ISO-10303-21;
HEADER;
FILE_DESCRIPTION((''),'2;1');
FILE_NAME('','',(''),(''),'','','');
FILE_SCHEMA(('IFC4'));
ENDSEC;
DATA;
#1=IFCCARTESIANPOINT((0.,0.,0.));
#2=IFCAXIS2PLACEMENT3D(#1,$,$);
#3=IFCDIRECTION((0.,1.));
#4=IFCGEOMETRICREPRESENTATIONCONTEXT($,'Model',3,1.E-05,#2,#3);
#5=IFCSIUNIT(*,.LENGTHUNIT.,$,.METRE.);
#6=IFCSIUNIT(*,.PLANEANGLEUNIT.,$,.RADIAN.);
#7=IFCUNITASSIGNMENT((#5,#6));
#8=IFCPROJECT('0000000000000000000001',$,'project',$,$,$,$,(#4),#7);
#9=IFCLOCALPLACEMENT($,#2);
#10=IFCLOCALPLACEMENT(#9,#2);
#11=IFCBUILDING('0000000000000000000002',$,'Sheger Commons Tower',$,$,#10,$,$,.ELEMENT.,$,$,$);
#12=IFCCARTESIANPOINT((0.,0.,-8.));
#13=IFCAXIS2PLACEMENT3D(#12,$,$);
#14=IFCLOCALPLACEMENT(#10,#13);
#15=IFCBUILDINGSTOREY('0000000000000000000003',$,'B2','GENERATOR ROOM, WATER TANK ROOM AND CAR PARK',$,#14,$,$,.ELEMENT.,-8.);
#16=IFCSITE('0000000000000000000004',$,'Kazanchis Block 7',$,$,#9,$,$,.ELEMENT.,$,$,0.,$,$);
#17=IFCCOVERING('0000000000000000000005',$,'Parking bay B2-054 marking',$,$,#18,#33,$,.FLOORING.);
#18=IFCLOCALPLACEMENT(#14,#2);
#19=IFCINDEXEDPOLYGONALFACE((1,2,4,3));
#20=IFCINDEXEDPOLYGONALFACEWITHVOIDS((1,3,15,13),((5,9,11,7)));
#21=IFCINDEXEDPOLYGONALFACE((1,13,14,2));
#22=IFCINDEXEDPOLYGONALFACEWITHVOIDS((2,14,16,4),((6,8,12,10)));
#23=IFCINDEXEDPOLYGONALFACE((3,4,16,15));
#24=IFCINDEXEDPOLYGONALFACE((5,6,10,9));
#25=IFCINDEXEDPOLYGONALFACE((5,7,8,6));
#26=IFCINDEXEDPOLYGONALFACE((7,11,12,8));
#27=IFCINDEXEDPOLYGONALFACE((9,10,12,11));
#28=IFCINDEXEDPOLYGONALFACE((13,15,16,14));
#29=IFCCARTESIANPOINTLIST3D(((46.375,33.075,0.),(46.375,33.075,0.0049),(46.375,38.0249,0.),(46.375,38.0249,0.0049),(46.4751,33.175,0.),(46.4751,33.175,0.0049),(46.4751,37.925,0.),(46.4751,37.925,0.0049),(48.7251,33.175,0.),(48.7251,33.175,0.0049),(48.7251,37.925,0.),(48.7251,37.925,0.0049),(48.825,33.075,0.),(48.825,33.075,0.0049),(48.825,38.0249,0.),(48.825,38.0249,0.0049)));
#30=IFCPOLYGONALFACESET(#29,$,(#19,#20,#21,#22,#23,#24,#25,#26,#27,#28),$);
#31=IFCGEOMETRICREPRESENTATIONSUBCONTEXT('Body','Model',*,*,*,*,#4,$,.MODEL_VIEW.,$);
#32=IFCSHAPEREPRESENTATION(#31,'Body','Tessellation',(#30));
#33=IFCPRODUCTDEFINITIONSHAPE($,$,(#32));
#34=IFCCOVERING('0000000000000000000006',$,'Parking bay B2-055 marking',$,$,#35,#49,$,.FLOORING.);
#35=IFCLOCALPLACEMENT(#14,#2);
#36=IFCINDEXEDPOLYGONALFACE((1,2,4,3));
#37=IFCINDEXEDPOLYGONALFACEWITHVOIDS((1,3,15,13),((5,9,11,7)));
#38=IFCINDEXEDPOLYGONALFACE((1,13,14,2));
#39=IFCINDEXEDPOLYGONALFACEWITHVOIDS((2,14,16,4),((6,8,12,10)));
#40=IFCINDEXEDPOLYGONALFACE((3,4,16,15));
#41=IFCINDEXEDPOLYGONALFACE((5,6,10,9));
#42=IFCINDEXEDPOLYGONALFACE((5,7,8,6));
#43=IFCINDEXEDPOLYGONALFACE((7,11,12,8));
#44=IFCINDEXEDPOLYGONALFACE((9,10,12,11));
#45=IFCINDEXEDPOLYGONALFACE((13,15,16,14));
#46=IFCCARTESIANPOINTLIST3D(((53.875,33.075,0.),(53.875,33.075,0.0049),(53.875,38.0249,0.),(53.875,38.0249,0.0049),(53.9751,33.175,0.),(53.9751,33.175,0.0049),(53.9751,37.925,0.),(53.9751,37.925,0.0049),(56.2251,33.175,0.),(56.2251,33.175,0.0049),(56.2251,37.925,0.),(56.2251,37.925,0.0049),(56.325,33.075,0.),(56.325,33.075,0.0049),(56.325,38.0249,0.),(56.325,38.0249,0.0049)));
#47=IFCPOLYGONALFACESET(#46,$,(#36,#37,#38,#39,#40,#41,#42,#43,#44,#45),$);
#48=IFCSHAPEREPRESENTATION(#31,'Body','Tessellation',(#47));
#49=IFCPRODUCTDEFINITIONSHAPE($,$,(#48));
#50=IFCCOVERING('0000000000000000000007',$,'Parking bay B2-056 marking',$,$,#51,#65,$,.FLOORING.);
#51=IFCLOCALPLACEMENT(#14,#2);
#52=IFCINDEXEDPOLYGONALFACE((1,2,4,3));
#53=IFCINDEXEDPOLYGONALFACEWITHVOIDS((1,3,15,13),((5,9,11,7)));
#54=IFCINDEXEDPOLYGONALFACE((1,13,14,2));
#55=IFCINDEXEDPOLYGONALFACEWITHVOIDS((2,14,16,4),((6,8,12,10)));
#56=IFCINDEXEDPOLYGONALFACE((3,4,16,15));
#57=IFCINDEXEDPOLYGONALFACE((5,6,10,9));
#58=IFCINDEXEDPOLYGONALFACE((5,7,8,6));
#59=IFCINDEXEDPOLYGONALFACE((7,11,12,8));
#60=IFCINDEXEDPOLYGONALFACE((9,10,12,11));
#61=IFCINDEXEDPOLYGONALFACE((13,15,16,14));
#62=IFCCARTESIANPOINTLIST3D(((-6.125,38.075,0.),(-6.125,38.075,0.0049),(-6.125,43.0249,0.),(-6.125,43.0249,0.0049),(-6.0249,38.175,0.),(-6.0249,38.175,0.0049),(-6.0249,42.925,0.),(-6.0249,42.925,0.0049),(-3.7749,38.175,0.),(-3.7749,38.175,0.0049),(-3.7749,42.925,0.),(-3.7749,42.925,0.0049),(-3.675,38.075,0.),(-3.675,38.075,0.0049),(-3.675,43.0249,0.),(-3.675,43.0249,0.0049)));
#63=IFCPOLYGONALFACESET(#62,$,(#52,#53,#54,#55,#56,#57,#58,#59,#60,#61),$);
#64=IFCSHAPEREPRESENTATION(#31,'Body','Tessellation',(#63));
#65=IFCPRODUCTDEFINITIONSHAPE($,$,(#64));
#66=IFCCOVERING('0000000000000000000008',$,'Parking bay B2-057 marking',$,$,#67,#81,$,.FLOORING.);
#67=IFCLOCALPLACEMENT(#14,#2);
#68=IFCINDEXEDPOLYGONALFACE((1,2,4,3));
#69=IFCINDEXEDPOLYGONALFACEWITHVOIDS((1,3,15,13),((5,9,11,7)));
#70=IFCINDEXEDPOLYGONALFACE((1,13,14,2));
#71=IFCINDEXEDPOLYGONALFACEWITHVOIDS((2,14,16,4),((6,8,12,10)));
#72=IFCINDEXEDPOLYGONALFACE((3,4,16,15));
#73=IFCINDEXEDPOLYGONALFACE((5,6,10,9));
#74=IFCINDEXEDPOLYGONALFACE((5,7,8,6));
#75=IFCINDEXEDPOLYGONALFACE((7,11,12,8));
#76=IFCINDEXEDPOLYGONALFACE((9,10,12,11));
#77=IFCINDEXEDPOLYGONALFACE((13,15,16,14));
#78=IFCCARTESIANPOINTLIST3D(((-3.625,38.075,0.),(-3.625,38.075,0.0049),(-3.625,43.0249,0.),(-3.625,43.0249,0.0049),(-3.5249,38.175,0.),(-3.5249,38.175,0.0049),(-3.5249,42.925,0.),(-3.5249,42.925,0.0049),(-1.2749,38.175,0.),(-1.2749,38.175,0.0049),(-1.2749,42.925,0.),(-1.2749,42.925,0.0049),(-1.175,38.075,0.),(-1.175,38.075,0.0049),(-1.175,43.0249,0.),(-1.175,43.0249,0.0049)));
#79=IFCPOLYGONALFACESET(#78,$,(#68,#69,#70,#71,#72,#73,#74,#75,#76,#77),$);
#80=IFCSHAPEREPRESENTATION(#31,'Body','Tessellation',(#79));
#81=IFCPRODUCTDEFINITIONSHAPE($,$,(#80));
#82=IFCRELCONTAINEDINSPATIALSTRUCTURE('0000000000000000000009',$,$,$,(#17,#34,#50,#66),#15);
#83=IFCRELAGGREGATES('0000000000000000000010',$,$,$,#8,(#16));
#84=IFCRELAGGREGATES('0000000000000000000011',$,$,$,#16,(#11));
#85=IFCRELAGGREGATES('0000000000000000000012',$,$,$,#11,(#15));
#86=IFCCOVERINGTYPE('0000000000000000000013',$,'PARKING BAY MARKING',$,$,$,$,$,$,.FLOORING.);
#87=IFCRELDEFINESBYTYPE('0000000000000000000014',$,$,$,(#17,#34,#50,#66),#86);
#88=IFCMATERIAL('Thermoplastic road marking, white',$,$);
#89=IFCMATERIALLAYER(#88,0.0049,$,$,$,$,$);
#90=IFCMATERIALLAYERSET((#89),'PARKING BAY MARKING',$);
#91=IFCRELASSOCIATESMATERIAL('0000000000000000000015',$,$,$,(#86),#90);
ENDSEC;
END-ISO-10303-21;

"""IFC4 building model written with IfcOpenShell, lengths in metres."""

from ifc_helpers import new_model, si_unit, direction, frame, origin, place, context, subcontext, project, spatial, polyline, outline, extrude, material, layer, layer_set, type_object, element, save


model = new_model("IFC4")

# Units and contexts
model_context = context("Model", 3, precision=1e-05, world=origin(), true_north=direction((0.0, 1.0)))
body_context = subcontext(model_context, "Body", "Model", "MODEL_VIEW")
ifc_project = project(units=[si_unit("LENGTHUNIT", "METRE"), si_unit("PLANEANGLEUNIT", "RADIAN")], contexts=[model_context])

# Site, building, storey
site_placement = place(None, origin())
site = spatial("IfcSite", under=ifc_project, at=site_placement, Name="Kazanchis Block 7", CompositionType="ELEMENT", RefElevation=0.0)
building_placement = place(site_placement, origin())
building = spatial("IfcBuilding", under=site, at=building_placement, Name="Sheger Commons Tower", CompositionType="ELEMENT")
storey_placement = place(building_placement, frame((0.0, 0.0, -8.0)))
storey = spatial("IfcBuildingStorey", under=building, at=storey_placement, Name="B2", Description="GENERATOR ROOM, WATER TANK ROOM AND CAR PARK", CompositionType="ELEMENT", Elevation=-8.0)

# Coverings
ifc_material = material(Name="Thermoplastic road marking, white")
ifc_layer = layer(ifc_material, 0.0049)
ifc_layer_set = layer_set([ifc_layer], Name="PARKING BAY MARKING")
covering_type = type_object("IfcCoveringType", Name="PARKING BAY MARKING", PredefinedType="FLOORING", material=ifc_layer_set)
covering_1_placement = place(storey_placement, origin())
element("IfcCovering", 1, at=covering_1_placement, inside=storey, type_object=covering_type, Name="Parking bay B2-054 marking", PredefinedType="FLOORING", context=body_context, shape_type="SweptSolid", body=[
    extrude(outline(polyline([(46.375, 33.075), (48.825, 33.075), (48.825, 38.0249), (46.375, 38.0249), (46.375, 33.075)]), holes=[polyline([(48.7251, 37.925), (48.7251, 33.175), (46.4751, 33.175), (46.4751, 37.925), (48.7251, 37.925)])]), origin(), (0.0, 0.0, 1.0), 0.0049),
])
covering_2_placement = place(storey_placement, origin())
element("IfcCovering", 2, at=covering_2_placement, inside=storey, type_object=covering_type, Name="Parking bay B2-055 marking", PredefinedType="FLOORING", context=body_context, shape_type="SweptSolid", body=[
    extrude(outline(polyline([(53.875, 33.075), (56.325, 33.075), (56.325, 38.0249), (53.875, 38.0249), (53.875, 33.075)]), holes=[polyline([(56.2251, 37.925), (56.2251, 33.175), (53.9751, 33.175), (53.9751, 37.925), (56.2251, 37.925)])]), origin(), (0.0, 0.0, 1.0), 0.0049),
])
covering_3_placement = place(storey_placement, origin())
element("IfcCovering", 3, at=covering_3_placement, inside=storey, type_object=covering_type, Name="Parking bay B2-056 marking", PredefinedType="FLOORING", context=body_context, shape_type="SweptSolid", body=[
    extrude(outline(polyline([(-6.125, 38.075), (-3.675, 38.075), (-3.675, 43.0249), (-6.125, 43.0249), (-6.125, 38.075)]), holes=[polyline([(-3.7749, 42.925), (-3.7749, 38.175), (-6.0249, 38.175), (-6.0249, 42.925), (-3.7749, 42.925)])]), origin(), (0.0, 0.0, 1.0), 0.0049),
])
covering_4_placement = place(storey_placement, origin())
element("IfcCovering", 4, at=covering_4_placement, inside=storey, type_object=covering_type, Name="Parking bay B2-057 marking", PredefinedType="FLOORING", context=body_context, shape_type="SweptSolid", body=[
    extrude(outline(polyline([(-3.625, 38.075), (-1.175, 38.075), (-1.175, 43.0249), (-3.625, 43.0249), (-3.625, 38.075)]), holes=[polyline([(-1.2749, 42.925), (-1.2749, 38.175), (-3.5249, 38.175), (-3.5249, 42.925), (-1.2749, 42.925)])]), origin(), (0.0, 0.0, 1.0), 0.0049),
])

save(model, "model.ifc")
